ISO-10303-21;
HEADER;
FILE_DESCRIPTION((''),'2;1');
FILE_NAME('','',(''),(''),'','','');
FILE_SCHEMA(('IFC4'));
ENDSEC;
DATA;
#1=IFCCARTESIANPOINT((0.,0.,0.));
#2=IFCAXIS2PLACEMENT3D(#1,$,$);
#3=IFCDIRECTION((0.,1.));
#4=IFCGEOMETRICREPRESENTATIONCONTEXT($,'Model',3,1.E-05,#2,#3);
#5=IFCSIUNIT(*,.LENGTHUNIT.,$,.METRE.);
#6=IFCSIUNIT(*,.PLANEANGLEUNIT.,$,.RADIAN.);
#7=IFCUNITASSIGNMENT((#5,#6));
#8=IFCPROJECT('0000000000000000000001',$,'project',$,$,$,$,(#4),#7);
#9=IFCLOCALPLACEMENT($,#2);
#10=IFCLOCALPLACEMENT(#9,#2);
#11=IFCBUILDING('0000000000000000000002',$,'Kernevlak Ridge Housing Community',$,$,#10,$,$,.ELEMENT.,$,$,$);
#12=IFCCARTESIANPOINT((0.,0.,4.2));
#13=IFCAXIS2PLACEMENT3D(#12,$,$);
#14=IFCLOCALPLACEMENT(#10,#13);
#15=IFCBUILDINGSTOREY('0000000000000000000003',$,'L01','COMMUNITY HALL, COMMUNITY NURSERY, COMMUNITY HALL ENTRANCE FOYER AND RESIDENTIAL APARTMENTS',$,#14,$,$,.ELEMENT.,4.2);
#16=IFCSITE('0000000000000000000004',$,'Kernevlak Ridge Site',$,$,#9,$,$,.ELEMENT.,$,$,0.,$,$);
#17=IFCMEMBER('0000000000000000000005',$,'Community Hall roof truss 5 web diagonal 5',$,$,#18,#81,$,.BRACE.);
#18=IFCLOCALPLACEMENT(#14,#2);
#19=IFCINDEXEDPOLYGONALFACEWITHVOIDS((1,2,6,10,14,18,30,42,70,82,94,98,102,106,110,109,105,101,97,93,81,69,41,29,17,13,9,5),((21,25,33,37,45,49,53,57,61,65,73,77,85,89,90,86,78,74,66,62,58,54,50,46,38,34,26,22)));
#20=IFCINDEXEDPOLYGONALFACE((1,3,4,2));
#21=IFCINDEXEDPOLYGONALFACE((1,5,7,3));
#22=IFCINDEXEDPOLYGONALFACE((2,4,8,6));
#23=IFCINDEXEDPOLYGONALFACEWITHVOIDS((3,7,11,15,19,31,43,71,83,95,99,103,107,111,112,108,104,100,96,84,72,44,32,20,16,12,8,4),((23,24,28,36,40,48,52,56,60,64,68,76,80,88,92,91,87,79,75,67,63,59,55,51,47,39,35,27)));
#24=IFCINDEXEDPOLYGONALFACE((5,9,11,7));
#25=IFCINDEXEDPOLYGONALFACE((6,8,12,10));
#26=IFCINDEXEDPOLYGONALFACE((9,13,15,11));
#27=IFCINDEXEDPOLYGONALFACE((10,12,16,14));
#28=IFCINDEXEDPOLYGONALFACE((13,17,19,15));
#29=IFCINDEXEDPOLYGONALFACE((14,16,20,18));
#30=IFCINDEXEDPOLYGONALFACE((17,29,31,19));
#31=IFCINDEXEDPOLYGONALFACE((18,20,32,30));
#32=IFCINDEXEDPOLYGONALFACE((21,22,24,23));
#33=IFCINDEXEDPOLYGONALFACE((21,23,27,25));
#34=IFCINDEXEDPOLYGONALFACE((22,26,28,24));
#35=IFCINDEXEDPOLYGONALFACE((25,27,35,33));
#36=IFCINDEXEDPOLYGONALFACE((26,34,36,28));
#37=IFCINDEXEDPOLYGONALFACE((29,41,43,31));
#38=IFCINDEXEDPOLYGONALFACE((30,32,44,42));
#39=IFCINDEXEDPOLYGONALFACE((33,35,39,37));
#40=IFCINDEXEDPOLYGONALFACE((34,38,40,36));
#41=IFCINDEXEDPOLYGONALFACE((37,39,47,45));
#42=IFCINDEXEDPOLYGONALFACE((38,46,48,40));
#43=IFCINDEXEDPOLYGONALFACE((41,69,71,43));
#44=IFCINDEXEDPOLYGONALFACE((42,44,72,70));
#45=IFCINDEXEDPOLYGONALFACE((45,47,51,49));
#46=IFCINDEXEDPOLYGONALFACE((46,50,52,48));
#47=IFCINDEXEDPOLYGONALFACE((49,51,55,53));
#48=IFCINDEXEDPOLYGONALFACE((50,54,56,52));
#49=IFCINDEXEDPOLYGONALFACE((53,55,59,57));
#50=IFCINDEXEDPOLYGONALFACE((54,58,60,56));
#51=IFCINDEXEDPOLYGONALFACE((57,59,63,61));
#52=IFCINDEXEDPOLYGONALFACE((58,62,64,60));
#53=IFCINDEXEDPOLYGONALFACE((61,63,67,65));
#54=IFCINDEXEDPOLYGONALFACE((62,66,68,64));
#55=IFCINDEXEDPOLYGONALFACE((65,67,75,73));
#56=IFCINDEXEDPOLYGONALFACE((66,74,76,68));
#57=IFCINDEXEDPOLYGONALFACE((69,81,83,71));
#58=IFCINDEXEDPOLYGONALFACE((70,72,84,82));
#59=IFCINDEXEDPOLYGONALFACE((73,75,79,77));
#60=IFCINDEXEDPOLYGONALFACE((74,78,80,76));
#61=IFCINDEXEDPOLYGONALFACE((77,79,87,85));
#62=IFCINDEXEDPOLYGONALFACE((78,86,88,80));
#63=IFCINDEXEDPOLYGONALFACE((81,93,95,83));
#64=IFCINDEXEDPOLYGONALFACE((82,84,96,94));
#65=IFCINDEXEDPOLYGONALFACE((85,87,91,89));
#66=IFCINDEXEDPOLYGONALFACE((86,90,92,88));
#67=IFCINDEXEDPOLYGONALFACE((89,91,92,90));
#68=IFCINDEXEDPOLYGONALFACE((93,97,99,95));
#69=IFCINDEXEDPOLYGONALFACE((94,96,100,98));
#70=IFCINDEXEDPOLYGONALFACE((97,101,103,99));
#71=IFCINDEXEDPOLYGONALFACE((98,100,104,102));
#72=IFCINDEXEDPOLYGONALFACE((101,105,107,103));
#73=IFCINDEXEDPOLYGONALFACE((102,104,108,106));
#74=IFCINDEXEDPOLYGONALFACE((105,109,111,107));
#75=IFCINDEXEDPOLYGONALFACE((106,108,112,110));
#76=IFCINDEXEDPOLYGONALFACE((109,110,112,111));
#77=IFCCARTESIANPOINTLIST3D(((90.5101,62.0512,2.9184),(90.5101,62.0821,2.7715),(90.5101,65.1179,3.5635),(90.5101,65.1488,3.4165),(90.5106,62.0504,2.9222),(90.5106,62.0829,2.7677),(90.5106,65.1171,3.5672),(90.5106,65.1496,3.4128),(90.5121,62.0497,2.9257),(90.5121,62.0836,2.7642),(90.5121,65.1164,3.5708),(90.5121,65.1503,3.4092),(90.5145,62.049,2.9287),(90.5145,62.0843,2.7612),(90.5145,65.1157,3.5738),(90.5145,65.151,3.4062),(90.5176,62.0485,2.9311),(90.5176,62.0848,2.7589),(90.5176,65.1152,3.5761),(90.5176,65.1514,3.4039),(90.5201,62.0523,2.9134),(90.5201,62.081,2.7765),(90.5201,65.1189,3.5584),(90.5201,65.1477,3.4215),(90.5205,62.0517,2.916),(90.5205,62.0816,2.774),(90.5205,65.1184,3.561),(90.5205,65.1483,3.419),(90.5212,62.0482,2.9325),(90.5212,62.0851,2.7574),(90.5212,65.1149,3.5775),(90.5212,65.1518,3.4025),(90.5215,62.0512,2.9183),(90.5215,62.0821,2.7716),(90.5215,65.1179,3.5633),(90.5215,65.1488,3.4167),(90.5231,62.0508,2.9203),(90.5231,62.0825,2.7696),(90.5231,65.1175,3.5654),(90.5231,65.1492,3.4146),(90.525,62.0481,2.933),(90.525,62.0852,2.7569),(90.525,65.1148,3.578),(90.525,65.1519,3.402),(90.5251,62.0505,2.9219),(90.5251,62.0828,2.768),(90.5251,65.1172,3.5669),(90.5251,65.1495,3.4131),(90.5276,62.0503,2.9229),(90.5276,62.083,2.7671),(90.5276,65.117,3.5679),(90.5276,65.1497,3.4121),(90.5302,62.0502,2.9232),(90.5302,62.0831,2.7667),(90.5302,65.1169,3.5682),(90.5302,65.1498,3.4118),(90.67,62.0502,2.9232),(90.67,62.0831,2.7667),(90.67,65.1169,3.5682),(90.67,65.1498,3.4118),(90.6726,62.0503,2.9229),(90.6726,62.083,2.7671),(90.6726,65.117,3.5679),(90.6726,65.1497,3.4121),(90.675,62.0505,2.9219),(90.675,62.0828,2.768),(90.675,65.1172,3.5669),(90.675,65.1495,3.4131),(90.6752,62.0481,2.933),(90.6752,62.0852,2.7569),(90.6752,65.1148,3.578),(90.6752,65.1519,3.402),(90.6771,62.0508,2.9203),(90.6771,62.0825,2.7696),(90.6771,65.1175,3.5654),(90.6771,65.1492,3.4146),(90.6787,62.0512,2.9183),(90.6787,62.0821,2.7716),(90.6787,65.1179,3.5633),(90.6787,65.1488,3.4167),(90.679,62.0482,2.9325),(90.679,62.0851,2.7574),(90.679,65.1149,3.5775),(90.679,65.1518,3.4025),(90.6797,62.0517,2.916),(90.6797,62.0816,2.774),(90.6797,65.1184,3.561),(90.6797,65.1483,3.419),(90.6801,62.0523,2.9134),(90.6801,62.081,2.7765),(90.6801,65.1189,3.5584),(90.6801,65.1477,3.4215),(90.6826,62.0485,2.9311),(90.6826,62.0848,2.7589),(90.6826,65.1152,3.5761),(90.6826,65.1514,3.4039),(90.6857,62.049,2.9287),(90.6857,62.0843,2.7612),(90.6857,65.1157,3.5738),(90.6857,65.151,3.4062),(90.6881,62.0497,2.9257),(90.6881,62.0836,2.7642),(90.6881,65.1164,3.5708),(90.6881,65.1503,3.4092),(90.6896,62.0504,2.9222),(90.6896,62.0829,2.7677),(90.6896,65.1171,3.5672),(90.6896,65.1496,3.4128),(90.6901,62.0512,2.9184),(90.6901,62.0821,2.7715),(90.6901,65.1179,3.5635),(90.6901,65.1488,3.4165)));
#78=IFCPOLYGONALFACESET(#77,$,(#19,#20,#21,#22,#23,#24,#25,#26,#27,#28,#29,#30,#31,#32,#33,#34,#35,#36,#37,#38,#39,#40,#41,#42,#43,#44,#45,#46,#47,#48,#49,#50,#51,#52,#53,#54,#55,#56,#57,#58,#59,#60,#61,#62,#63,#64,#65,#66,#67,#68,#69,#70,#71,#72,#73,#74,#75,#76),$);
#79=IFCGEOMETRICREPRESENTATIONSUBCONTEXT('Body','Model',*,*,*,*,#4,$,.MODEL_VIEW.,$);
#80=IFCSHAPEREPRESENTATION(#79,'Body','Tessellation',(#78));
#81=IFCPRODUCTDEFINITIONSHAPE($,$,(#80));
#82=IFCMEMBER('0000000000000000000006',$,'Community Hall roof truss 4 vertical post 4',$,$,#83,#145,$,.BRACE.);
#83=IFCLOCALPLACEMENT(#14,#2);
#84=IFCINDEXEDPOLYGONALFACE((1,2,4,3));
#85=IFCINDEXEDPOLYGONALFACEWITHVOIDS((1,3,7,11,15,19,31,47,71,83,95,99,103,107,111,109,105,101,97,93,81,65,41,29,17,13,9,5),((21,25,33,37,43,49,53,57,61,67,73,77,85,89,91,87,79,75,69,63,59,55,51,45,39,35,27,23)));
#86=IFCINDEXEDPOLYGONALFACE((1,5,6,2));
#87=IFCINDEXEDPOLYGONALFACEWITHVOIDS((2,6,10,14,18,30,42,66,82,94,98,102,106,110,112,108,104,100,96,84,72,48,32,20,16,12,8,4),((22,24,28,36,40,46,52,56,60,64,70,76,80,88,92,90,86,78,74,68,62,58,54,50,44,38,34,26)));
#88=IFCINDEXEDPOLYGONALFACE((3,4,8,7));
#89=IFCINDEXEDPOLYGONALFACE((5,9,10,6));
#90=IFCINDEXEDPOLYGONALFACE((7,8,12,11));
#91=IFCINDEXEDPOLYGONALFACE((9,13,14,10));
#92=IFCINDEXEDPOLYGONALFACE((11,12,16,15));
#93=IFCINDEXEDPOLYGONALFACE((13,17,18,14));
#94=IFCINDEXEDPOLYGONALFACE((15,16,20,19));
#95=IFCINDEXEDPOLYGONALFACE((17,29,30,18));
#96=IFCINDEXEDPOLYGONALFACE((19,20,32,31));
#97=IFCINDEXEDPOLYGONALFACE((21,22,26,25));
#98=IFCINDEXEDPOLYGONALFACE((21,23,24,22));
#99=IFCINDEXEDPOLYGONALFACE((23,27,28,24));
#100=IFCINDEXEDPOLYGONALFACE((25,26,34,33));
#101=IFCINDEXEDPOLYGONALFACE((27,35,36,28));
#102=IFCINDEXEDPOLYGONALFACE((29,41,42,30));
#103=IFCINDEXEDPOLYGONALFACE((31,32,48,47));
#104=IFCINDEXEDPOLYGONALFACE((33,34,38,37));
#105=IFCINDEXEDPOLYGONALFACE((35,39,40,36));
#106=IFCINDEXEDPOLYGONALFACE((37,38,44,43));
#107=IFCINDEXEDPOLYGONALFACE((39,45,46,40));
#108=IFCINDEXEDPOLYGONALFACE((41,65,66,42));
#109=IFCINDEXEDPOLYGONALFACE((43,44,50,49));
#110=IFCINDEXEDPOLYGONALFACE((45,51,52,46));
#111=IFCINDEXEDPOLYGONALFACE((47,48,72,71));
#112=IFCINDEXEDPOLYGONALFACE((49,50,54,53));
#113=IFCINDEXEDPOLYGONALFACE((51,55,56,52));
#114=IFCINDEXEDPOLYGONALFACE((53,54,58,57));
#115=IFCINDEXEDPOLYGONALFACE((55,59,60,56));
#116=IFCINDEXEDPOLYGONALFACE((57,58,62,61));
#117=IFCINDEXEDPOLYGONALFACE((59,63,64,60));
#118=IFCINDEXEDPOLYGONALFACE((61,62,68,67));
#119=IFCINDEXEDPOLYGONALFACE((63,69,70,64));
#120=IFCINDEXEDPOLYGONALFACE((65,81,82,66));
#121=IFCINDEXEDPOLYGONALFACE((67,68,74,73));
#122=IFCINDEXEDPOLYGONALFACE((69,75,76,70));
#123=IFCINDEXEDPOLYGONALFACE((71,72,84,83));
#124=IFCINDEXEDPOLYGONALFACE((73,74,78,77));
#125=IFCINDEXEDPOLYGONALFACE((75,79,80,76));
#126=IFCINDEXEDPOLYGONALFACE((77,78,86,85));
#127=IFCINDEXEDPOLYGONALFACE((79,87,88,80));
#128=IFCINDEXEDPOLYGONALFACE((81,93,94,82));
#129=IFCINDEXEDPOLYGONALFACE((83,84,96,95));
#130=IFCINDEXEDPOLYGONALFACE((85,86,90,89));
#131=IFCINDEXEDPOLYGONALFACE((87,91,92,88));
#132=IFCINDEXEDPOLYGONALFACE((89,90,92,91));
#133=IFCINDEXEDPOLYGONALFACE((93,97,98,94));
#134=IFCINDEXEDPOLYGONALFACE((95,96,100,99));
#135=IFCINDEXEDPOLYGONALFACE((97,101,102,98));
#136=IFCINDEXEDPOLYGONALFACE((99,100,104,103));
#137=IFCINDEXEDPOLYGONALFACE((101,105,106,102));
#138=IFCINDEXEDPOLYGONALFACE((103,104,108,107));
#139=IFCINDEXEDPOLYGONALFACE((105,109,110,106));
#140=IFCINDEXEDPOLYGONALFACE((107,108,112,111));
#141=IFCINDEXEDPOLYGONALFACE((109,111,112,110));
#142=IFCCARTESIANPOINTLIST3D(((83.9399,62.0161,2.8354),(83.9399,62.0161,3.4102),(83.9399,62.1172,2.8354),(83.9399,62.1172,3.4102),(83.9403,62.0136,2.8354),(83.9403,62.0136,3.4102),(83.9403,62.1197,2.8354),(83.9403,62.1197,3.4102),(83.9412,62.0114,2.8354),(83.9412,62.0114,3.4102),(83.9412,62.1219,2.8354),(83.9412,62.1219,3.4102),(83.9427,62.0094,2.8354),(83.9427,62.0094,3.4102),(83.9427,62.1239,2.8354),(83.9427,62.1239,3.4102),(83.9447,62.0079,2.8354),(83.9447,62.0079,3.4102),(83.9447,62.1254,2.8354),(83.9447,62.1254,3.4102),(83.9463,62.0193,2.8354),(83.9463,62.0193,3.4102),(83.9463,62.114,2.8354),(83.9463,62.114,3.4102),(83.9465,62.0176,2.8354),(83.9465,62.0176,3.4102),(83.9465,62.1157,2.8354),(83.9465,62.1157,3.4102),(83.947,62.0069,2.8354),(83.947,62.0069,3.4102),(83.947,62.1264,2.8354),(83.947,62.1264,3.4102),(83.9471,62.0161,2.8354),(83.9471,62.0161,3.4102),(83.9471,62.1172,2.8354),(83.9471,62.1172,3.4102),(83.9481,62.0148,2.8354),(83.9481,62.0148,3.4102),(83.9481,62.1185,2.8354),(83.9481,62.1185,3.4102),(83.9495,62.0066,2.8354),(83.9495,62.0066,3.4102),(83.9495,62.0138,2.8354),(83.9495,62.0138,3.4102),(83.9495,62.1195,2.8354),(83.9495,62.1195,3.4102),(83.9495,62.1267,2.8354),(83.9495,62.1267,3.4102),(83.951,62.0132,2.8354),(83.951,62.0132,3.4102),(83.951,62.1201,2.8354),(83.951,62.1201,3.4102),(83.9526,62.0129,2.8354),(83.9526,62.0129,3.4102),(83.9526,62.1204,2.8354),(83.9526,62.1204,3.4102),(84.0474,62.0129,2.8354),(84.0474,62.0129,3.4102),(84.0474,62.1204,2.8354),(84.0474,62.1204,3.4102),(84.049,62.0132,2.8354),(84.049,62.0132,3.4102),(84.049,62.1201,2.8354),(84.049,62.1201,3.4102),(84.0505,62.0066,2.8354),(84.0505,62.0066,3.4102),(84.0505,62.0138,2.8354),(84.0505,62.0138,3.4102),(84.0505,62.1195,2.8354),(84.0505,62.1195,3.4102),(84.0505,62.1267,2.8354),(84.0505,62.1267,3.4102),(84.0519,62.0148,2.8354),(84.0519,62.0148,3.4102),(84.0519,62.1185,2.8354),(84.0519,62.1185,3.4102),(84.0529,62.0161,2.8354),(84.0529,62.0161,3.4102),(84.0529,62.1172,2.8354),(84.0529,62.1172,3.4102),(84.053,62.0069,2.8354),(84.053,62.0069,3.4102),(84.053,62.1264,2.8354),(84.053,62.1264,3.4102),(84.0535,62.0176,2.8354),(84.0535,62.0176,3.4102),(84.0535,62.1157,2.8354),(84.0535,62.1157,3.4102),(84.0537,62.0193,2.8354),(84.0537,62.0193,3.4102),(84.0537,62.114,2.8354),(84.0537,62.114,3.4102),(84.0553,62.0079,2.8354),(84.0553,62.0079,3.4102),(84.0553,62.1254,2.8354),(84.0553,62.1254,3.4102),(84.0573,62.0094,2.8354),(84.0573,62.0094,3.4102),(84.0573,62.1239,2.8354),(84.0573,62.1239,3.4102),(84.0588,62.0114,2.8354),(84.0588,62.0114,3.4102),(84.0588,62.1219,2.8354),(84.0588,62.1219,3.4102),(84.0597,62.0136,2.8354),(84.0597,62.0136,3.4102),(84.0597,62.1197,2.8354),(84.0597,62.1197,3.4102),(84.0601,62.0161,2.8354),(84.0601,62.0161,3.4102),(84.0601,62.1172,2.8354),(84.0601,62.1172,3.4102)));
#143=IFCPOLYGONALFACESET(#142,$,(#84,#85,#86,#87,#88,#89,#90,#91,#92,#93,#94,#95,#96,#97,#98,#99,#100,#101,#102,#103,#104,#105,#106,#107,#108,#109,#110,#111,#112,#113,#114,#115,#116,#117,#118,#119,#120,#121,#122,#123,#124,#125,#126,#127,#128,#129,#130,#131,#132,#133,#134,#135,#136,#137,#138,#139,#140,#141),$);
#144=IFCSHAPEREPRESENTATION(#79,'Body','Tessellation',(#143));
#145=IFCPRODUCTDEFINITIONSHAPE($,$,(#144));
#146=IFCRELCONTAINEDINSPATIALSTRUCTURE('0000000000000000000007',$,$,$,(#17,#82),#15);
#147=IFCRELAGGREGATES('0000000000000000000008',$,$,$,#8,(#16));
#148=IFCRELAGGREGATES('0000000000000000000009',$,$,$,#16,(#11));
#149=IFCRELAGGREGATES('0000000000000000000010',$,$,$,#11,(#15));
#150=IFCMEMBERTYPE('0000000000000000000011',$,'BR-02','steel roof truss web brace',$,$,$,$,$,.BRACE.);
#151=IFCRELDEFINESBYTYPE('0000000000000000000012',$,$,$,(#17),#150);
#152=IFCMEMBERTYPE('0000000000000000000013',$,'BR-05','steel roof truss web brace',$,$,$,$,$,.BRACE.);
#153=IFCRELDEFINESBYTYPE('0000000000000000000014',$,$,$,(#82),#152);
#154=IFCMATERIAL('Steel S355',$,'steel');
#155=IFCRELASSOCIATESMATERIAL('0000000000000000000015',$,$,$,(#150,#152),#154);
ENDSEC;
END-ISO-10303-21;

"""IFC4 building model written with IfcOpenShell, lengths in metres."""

from ifc_helpers import new_model, si_unit, direction, frame, origin, origin_2d, place, context, subcontext, project, spatial, hollow_rectangle, extrude, material, material_profile, profile_set, type_object, element, save


model = new_model("IFC4")

# Units and contexts
model_context = context("Model", 3, precision=1e-05, world=origin(), true_north=direction((0.0, 1.0)))
body_context = subcontext(model_context, "Body", "Model", "MODEL_VIEW")
ifc_project = project(units=[si_unit("LENGTHUNIT", "METRE"), si_unit("PLANEANGLEUNIT", "RADIAN")], contexts=[model_context])

# Site, building, storey
site_placement = place(None, origin())
site = spatial("IfcSite", under=ifc_project, at=site_placement, Name="Kernevlak Ridge Site", CompositionType="ELEMENT", RefElevation=0.0)
building_placement = place(site_placement, origin())
building = spatial("IfcBuilding", under=site, at=building_placement, Name="Kernevlak Ridge Housing Community", CompositionType="ELEMENT")
storey_placement = place(building_placement, frame((0.0, 0.0, 4.2)))
storey = spatial("IfcBuildingStorey", under=building, at=storey_placement, Name="L01", Description="COMMUNITY HALL, COMMUNITY NURSERY, COMMUNITY HALL ENTRANCE FOYER AND RESIDENTIAL APARTMENTS", CompositionType="ELEMENT", Elevation=4.2)

# Shared definitions
ifc_material_1 = material(Name="Steel S355", Category="steel")

# Members
ifc_material_profile_1 = material_profile(ifc_material_1, hollow_rectangle(XDim=0.1799, YDim=0.1799, WallThickness=0.01, InnerFilletRadius=0.01, OuterFilletRadius=0.0149, at=origin_2d()), Name="SHS 180x180x10")
ifc_profile_set_1 = profile_set([ifc_material_profile_1], Name="Steel S355")
member_type_1 = type_object("IfcMemberType", Name="BR-02", Description="steel roof truss web brace", PredefinedType="BRACE", material=ifc_profile_set_1)
member_1_placement = place(storey_placement, frame((90.6001, 62.0667, 2.845), z_axis=(0.0, 0.978588, 0.20583), x_axis=(-1.0, 0.0, 0.0)))
element("IfcMember", 1, at=member_1_placement, inside=storey, type_object=member_type_1, Name="Community Hall roof truss 5 web diagonal 5", PredefinedType="BRACE", context=body_context, shape_type="SweptSolid", body=[
    extrude(hollow_rectangle(XDim=0.1799, YDim=0.1799, WallThickness=0.01, InnerFilletRadius=0.01, OuterFilletRadius=0.0149, at=origin_2d()), origin(), (0.0, 0.0, 1.0), 3.1338),
])
ifc_material_profile_2 = material_profile(ifc_material_1, hollow_rectangle(XDim=0.1201, YDim=0.1201, WallThickness=0.0063, InnerFilletRadius=0.0063, OuterFilletRadius=0.0095, at=origin_2d()), Name="SHS 120x120x6.3")
ifc_profile_set_2 = profile_set([ifc_material_profile_2], Name="Steel S355")
member_type_2 = type_object("IfcMemberType", Name="BR-05", Description="steel roof truss web brace", PredefinedType="BRACE", material=ifc_profile_set_2)
member_2_placement = place(storey_placement, frame((84.0, 62.0667, 2.8354), z_axis=(0.0, 0.0, 1.0), x_axis=(1.0, 0.0, 0.0)))
element("IfcMember", 2, at=member_2_placement, inside=storey, type_object=member_type_2, Name="Community Hall roof truss 4 vertical post 4", PredefinedType="BRACE", context=body_context, shape_type="SweptSolid", body=[
    extrude(hollow_rectangle(XDim=0.1201, YDim=0.1201, WallThickness=0.0063, InnerFilletRadius=0.0063, OuterFilletRadius=0.0095, at=origin_2d()), origin(), (0.0, 0.0, 1.0), 0.5747),
])

save(model, "model.ifc")
